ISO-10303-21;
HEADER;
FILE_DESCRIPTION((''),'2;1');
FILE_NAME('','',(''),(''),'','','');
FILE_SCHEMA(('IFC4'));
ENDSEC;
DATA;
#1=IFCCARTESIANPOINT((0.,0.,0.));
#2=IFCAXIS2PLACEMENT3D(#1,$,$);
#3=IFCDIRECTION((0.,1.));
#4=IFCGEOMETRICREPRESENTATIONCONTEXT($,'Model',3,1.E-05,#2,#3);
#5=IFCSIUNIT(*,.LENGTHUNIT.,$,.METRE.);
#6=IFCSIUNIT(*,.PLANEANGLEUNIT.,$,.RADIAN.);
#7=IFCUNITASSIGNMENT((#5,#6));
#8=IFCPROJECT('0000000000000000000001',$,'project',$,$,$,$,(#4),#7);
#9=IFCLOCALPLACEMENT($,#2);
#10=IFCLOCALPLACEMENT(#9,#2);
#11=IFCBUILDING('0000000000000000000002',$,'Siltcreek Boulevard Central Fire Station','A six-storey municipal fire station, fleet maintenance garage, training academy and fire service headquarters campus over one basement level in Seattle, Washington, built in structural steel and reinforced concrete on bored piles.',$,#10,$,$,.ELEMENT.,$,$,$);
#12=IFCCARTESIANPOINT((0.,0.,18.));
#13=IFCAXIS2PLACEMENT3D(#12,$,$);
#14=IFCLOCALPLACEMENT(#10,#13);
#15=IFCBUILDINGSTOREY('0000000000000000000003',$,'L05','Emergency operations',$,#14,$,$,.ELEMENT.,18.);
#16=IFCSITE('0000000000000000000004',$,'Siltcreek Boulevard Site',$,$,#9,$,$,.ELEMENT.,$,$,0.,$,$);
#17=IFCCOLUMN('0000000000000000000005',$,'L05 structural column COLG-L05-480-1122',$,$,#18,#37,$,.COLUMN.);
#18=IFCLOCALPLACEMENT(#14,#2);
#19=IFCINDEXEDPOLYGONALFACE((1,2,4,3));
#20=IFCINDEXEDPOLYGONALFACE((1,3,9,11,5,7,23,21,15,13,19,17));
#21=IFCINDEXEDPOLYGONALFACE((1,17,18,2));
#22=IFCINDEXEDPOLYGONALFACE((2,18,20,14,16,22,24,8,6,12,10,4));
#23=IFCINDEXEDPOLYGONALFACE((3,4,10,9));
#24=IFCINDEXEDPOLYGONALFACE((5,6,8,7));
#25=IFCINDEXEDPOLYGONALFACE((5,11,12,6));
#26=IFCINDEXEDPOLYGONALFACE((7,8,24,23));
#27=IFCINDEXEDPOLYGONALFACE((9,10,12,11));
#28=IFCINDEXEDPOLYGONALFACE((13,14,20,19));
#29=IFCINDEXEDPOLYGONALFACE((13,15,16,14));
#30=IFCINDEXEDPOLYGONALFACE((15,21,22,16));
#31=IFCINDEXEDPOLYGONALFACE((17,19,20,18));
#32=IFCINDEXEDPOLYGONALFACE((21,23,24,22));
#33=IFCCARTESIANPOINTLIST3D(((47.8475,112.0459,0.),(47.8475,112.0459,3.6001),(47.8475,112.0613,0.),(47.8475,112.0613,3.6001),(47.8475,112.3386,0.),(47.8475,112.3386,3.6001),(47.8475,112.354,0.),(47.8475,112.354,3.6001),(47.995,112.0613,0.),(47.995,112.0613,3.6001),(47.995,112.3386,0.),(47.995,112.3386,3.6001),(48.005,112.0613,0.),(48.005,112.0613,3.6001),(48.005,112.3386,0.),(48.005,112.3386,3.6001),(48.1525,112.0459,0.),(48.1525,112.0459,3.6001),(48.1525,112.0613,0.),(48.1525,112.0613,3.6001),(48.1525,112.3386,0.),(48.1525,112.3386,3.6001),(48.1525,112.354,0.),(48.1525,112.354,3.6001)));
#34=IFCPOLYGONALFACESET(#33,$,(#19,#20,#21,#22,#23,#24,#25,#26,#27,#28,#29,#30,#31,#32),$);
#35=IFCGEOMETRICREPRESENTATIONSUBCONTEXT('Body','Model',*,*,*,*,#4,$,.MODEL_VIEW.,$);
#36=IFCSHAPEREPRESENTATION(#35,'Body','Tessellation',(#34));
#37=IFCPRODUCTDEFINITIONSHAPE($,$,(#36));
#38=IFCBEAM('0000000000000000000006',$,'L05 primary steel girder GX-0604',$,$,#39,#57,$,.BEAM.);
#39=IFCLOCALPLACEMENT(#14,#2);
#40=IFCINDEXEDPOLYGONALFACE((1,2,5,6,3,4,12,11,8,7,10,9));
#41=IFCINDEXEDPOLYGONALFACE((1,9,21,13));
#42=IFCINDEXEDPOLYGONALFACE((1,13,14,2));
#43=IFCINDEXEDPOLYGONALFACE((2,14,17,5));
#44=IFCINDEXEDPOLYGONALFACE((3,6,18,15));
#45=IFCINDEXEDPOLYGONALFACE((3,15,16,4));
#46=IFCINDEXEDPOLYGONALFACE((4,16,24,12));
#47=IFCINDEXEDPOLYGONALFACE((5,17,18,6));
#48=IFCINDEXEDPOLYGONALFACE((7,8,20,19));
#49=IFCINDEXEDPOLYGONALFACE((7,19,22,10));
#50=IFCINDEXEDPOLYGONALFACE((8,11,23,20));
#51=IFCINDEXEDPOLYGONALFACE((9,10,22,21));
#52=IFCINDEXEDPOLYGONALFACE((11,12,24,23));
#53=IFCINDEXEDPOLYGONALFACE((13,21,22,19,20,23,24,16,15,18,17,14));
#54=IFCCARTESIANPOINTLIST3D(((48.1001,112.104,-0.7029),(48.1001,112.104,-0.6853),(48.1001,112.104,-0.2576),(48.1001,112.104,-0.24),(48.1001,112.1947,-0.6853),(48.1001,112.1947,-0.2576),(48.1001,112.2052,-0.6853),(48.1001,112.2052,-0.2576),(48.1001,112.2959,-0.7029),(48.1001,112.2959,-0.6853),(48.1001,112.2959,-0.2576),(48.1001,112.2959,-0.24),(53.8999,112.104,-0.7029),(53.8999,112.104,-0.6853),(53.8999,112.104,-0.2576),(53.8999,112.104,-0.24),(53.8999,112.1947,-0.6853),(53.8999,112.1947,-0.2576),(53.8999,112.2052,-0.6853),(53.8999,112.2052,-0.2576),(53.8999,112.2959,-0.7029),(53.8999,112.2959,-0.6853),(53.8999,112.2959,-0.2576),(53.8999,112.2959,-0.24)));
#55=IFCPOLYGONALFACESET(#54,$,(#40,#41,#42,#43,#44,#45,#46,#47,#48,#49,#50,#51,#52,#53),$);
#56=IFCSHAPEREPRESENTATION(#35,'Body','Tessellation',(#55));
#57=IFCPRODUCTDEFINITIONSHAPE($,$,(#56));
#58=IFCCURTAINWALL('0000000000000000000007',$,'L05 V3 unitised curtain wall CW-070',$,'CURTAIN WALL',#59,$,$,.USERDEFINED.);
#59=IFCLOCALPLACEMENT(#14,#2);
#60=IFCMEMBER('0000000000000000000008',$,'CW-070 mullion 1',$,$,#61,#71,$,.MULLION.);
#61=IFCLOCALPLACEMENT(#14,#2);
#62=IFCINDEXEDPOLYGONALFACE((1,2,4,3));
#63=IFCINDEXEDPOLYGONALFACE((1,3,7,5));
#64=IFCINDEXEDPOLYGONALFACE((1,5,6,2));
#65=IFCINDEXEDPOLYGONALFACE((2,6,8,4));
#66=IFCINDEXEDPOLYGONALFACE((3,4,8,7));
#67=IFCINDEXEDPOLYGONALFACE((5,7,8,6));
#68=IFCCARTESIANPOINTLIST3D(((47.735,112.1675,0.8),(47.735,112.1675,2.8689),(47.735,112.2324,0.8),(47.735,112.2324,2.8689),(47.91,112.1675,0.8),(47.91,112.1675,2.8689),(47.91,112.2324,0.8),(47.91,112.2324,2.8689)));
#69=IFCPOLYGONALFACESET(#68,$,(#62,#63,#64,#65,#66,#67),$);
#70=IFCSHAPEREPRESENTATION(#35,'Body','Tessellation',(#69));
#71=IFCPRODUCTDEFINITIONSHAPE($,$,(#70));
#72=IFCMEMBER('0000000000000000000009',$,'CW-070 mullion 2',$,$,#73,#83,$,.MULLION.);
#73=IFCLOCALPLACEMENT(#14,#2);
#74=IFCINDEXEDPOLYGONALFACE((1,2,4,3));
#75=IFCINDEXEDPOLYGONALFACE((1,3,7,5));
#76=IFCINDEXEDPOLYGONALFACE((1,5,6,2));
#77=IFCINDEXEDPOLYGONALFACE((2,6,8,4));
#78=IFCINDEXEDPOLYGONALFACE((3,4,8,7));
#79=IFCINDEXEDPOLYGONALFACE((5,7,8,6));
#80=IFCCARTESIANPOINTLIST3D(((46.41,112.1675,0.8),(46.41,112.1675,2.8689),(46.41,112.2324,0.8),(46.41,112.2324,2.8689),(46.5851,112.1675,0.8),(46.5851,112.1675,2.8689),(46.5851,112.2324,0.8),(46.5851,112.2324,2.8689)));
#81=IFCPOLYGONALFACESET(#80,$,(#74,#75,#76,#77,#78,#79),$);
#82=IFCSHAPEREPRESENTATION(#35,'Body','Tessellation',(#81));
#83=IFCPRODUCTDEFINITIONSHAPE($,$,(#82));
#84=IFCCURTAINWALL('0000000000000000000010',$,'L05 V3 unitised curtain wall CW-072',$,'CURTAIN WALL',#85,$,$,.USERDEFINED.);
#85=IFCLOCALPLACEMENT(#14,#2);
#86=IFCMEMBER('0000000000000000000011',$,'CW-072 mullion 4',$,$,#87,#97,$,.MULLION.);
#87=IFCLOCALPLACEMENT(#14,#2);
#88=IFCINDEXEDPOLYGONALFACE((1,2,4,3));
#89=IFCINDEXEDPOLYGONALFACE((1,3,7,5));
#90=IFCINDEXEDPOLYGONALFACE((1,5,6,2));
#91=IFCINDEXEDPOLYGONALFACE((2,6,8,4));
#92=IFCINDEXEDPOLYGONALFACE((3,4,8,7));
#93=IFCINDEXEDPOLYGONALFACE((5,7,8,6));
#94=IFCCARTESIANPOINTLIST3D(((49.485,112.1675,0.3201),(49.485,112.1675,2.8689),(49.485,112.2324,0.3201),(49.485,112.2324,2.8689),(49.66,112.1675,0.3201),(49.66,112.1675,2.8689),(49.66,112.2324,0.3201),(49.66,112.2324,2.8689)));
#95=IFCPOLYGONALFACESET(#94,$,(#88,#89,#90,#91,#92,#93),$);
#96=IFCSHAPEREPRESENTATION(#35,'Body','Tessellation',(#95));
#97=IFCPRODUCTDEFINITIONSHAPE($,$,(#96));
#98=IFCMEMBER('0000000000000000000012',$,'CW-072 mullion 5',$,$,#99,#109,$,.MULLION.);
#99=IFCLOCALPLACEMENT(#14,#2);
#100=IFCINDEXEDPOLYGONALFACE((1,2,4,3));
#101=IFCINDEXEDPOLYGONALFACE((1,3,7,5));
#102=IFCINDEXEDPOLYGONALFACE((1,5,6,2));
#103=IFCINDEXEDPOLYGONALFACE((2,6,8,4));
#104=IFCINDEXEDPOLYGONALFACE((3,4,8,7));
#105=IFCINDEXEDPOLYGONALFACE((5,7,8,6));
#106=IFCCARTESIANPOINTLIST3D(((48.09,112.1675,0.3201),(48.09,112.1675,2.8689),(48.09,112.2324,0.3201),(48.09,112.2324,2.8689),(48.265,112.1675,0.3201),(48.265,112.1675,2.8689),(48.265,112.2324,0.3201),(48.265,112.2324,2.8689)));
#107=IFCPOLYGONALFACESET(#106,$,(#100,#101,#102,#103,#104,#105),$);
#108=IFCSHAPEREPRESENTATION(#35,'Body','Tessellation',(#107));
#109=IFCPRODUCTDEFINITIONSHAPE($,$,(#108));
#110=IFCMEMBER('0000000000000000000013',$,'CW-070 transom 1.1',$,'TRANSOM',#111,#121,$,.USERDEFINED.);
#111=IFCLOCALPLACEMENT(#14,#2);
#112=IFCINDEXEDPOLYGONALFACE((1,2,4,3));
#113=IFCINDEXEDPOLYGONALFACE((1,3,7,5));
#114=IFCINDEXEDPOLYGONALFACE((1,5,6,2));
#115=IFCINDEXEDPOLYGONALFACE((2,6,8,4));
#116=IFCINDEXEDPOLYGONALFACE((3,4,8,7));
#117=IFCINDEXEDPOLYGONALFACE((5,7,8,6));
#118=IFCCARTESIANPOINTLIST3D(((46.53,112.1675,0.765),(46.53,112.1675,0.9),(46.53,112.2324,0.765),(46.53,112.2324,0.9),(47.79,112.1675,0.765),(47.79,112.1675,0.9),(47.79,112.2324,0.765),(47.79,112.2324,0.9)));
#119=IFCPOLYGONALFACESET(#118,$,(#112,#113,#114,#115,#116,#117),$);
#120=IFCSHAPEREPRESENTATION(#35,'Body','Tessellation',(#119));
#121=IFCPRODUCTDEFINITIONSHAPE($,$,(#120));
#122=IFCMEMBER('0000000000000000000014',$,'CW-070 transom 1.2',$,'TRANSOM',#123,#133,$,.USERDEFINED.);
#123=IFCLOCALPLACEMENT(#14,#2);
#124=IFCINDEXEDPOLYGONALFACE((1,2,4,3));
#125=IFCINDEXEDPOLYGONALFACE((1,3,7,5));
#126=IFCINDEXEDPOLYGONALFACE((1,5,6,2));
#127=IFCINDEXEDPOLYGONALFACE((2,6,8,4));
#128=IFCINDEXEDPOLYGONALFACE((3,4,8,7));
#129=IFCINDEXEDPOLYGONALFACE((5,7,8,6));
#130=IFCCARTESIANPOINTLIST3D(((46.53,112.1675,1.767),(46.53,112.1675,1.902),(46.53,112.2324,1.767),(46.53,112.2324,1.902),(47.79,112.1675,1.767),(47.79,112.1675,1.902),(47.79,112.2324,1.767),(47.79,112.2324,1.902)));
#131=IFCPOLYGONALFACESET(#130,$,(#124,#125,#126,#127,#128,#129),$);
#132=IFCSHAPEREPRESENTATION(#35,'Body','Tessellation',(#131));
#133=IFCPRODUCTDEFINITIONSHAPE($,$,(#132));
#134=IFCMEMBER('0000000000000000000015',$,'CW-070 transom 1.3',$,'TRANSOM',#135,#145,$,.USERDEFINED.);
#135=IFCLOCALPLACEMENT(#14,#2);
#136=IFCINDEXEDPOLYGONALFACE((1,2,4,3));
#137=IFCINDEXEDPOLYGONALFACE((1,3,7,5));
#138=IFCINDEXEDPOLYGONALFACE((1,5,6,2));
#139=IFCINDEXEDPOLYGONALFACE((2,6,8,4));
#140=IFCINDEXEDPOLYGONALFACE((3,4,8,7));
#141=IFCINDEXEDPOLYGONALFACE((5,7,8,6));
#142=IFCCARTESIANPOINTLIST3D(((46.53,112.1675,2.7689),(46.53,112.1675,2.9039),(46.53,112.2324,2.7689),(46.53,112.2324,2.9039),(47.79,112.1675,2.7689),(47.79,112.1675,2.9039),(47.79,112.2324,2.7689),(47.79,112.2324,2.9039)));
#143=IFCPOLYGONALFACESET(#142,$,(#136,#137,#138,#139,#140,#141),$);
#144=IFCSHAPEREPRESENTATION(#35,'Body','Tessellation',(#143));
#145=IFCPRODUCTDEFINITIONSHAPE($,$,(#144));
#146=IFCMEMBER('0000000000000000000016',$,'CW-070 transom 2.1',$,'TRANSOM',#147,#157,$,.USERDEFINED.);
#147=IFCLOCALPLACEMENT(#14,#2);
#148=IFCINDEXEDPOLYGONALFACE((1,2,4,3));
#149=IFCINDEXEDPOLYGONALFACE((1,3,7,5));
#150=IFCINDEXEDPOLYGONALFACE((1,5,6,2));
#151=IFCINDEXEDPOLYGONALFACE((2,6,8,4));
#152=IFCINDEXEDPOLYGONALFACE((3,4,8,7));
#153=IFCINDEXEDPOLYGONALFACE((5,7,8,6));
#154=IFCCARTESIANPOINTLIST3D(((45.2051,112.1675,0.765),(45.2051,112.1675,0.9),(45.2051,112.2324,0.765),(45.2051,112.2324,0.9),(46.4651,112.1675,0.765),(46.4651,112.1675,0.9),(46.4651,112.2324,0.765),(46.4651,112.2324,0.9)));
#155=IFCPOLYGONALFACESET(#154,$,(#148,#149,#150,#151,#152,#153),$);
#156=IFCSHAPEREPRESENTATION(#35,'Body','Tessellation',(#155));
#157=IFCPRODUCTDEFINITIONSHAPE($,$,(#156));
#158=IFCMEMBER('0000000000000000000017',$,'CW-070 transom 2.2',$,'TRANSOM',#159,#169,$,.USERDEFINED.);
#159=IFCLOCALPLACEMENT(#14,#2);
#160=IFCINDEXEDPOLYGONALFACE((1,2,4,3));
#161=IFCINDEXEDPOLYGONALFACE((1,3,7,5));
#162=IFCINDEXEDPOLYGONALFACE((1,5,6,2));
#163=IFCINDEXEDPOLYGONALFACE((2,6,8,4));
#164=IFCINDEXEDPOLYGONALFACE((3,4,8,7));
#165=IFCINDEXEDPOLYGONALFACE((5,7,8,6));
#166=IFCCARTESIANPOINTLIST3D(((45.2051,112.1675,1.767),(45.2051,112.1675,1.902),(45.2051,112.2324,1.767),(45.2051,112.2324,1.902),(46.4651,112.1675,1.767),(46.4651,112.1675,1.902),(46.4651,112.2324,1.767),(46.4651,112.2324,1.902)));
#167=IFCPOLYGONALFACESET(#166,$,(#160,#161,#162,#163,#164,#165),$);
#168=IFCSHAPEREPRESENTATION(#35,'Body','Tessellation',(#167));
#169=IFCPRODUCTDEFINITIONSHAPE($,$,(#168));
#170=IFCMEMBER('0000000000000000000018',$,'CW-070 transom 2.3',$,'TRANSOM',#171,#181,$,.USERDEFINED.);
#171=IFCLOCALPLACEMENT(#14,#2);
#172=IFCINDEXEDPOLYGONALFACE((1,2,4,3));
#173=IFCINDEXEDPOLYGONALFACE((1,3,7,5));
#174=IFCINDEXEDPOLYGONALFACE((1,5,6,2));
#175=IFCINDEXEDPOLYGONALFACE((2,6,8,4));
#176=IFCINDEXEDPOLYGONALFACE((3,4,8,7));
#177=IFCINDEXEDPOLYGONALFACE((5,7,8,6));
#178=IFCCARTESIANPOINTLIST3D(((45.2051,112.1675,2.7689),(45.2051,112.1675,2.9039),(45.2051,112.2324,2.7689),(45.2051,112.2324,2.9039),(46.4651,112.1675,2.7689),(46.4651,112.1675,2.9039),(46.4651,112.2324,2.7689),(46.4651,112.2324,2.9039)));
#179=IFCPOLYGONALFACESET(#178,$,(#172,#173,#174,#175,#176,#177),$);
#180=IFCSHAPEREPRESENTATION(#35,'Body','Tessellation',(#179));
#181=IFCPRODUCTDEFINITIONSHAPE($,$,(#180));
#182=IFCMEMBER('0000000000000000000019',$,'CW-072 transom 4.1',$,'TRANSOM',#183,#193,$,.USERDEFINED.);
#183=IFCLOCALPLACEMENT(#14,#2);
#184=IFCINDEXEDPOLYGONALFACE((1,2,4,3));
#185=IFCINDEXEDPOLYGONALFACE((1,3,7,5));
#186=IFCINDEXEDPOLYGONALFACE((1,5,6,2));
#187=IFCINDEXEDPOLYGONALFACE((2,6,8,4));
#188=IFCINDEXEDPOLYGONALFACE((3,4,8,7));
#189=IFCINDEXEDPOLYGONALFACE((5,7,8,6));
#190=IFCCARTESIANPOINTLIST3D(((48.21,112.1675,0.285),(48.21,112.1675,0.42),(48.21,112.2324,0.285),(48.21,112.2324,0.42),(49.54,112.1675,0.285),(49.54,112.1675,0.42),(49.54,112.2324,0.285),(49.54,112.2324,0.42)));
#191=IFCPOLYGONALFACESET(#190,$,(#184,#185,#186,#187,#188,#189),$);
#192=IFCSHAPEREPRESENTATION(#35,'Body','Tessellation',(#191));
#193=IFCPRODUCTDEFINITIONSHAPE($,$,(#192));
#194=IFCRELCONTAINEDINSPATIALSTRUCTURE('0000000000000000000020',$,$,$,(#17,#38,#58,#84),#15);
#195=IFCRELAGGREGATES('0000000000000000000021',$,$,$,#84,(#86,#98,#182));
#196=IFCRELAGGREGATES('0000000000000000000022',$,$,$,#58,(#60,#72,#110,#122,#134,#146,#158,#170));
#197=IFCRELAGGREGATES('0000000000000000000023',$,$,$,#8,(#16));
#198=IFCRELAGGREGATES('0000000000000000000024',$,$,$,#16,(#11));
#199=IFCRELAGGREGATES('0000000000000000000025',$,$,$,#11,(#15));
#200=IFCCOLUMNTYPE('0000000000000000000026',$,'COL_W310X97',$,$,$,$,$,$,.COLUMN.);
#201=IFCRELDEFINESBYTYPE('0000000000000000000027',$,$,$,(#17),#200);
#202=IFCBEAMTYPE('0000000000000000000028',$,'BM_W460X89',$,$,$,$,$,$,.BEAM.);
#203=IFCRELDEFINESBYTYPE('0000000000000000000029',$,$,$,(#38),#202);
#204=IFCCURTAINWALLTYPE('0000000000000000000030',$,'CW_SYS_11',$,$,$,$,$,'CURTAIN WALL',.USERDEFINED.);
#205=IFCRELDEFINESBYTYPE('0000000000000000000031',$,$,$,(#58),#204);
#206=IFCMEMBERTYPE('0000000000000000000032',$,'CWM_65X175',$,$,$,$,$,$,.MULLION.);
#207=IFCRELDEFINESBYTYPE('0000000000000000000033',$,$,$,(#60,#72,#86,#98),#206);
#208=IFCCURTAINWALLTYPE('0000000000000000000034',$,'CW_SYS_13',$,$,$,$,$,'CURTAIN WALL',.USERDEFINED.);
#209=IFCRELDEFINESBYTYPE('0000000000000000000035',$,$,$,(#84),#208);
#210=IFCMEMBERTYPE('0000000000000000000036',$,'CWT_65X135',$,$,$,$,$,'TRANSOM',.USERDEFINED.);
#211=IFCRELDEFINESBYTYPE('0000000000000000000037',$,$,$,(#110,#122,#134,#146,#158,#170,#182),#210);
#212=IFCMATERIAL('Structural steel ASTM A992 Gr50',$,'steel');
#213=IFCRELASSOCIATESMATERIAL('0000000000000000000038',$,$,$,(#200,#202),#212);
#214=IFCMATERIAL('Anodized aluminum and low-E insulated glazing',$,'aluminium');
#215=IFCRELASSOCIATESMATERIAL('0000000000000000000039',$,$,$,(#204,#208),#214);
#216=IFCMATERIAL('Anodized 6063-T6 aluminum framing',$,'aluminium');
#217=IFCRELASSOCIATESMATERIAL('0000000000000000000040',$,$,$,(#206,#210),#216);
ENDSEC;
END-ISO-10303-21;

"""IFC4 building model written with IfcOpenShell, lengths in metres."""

from ifc_helpers import new_model, si_unit, direction, frame, origin, origin_2d, place, context, subcontext, project, spatial, rectangle, i_section, extrude, material, material_profile, profile_set, type_object, element, aggregate, save


model = new_model("IFC4")

# Units and contexts
model_context = context("Model", 3, precision=1e-05, world=origin(), true_north=direction((0.0, 1.0)))
body_context = subcontext(model_context, "Body", "Model", "MODEL_VIEW")
ifc_project = project(units=[si_unit("LENGTHUNIT", "METRE"), si_unit("PLANEANGLEUNIT", "RADIAN")], contexts=[model_context])

# Site, building, storey
site_placement = place(None, origin())
site = spatial("IfcSite", under=ifc_project, at=site_placement, Name="Siltcreek Boulevard Site", CompositionType="ELEMENT", RefElevation=0.0)
building_placement = place(site_placement, origin())
building = spatial("IfcBuilding", under=site, at=building_placement, Name="Siltcreek Boulevard Central Fire Station", Description="A six-storey municipal fire station, fleet maintenance garage, training academy and fire service headquarters campus over one basement level in Seattle, Washington, built in structural steel and reinforced concrete on bored piles.", CompositionType="ELEMENT")
storey_placement = place(building_placement, frame((0.0, 0.0, 18.0)))
storey = spatial("IfcBuildingStorey", under=building, at=storey_placement, Name="L05", Description="Emergency operations", CompositionType="ELEMENT", Elevation=18.0)

# Column
ifc_material_1 = material(Name="Structural steel ASTM A992 Gr50", Category="steel")
ifc_material_profile_1 = material_profile(ifc_material_1, i_section(OverallWidth=0.3049, OverallDepth=0.3081, WebThickness=0.01, FlangeThickness=0.0154, at=origin_2d()), Name="W310X97")
ifc_profile_set_1 = profile_set([ifc_material_profile_1], Name="Structural steel ASTM A992 Gr50")
column_type = type_object("IfcColumnType", Name="COL_W310X97", PredefinedType="COLUMN", material=ifc_profile_set_1)
column_placement = place(storey_placement, frame((48.0, 112.2, 0.0), z_axis=(0.0, 0.0, 1.0), x_axis=(1.0, 0.0, 0.0)))
element("IfcColumn", 1, at=column_placement, inside=storey, type_object=column_type, Name="L05 structural column COLG-L05-480-1122", PredefinedType="COLUMN", context=body_context, shape_type="SweptSolid", body=[
    extrude(i_section(OverallWidth=0.3049, OverallDepth=0.3081, WebThickness=0.01, FlangeThickness=0.0154, at=origin_2d()), origin(), (0.0, 0.0, 1.0), 3.6001),
])

# Beam
ifc_material_profile_2 = material_profile(ifc_material_1, i_section(OverallWidth=0.1919, OverallDepth=0.4629, WebThickness=0.0105, FlangeThickness=0.0176, at=origin_2d()), Name="W460X89")
ifc_profile_set_2 = profile_set([ifc_material_profile_2], Name="Structural steel ASTM A992 Gr50")
beam_type = type_object("IfcBeamType", Name="BM_W460X89", PredefinedType="BEAM", material=ifc_profile_set_2)
beam_placement = place(storey_placement, frame((48.1001, 112.2, -0.4714), z_axis=(1.0, 0.0, 0.0), x_axis=(0.0, 1.0, 0.0)))
element("IfcBeam", 2, at=beam_placement, inside=storey, type_object=beam_type, Name="L05 primary steel girder GX-0604", PredefinedType="BEAM", context=body_context, shape_type="SweptSolid", body=[
    extrude(i_section(OverallWidth=0.1919, OverallDepth=0.4629, WebThickness=0.0105, FlangeThickness=0.0176, at=origin_2d()), origin(), (0.0, 0.0, 1.0), 5.7998),
])

# Curtain walls, members
ifc_material_2 = material(Name="Anodized aluminum and low-E insulated glazing", Category="aluminium")
curtain_wall_type_1 = type_object("IfcCurtainWallType", Name="CW_SYS_11", ElementType="CURTAIN WALL", PredefinedType="USERDEFINED", material=ifc_material_2)
curtain_wall_1_placement = place(storey_placement, origin())
curtain_wall_1 = element("IfcCurtainWall", 3, at=curtain_wall_1_placement, inside=storey, type_object=curtain_wall_type_1, Name="L05 V3 unitised curtain wall CW-070", ObjectType="CURTAIN WALL", PredefinedType="USERDEFINED")
ifc_material_3 = material(Name="Anodized 6063-T6 aluminum framing", Category="aluminium")
ifc_material_profile_3 = material_profile(ifc_material_3, rectangle(XDim=0.0649, YDim=0.175, at=origin_2d()), Name="MULL65X175")
ifc_profile_set_3 = profile_set([ifc_material_profile_3], Name="Anodized 6063-T6 aluminum framing")
member_type_1 = type_object("IfcMemberType", Name="CWM_65X175", PredefinedType="MULLION", material=ifc_profile_set_3)
member_1_placement = place(storey_placement, frame((47.8225, 112.2, 0.8), z_axis=(0.0, 0.0, 1.0), x_axis=(0.0, -1.0, 0.0)))
member_1 = element("IfcMember", 4, at=member_1_placement, type_object=member_type_1, Name="CW-070 mullion 1", PredefinedType="MULLION", context=body_context, shape_type="SweptSolid", body=[
    extrude(rectangle(XDim=0.0649, YDim=0.175, at=origin_2d()), origin(), (0.0, 0.0, 1.0), 2.0688),
])
member_2_placement = place(storey_placement, frame((46.4976, 112.2, 0.8), z_axis=(0.0, 0.0, 1.0), x_axis=(0.0, -1.0, 0.0)))
member_2 = element("IfcMember", 5, at=member_2_placement, type_object=member_type_1, Name="CW-070 mullion 2", PredefinedType="MULLION", context=body_context, shape_type="SweptSolid", body=[
    extrude(rectangle(XDim=0.0649, YDim=0.175, at=origin_2d()), origin(), (0.0, 0.0, 1.0), 2.0688),
])
curtain_wall_type_2 = type_object("IfcCurtainWallType", Name="CW_SYS_13", ElementType="CURTAIN WALL", PredefinedType="USERDEFINED", material=ifc_material_2)
curtain_wall_2_placement = place(storey_placement, origin())
curtain_wall_2 = element("IfcCurtainWall", 6, at=curtain_wall_2_placement, inside=storey, type_object=curtain_wall_type_2, Name="L05 V3 unitised curtain wall CW-072", ObjectType="CURTAIN WALL", PredefinedType="USERDEFINED")
member_3_placement = place(storey_placement, frame((49.5725, 112.2, 0.3201), z_axis=(0.0, 0.0, 1.0), x_axis=(0.0, -1.0, 0.0)))
member_3 = element("IfcMember", 7, at=member_3_placement, type_object=member_type_1, Name="CW-072 mullion 4", PredefinedType="MULLION", context=body_context, shape_type="SweptSolid", body=[
    extrude(rectangle(XDim=0.0649, YDim=0.175, at=origin_2d()), origin(), (0.0, 0.0, 1.0), 2.5488),
])
member_4_placement = place(storey_placement, frame((48.1775, 112.2, 0.3201), z_axis=(0.0, 0.0, 1.0), x_axis=(0.0, -1.0, 0.0)))
member_4 = element("IfcMember", 8, at=member_4_placement, type_object=member_type_1, Name="CW-072 mullion 5", PredefinedType="MULLION", context=body_context, shape_type="SweptSolid", body=[
    extrude(rectangle(XDim=0.0649, YDim=0.175, at=origin_2d()), origin(), (0.0, 0.0, 1.0), 2.5488),
])

# Members
ifc_material_profile_4 = material_profile(ifc_material_3, rectangle(XDim=0.0649, YDim=0.135, at=origin_2d()), Name="TRAN65X135")
ifc_profile_set_4 = profile_set([ifc_material_profile_4], Name="Anodized 6063-T6 aluminum framing")
member_type_2 = type_object("IfcMemberType", Name="CWT_65X135", ElementType="TRANSOM", PredefinedType="USERDEFINED", material=ifc_profile_set_4)
member_5_placement = place(storey_placement, frame((47.79, 112.2, 0.8325), z_axis=(-1.0, 0.0, 0.0), x_axis=(0.0, -1.0, 0.0)))
member_5 = element("IfcMember", 9, at=member_5_placement, type_object=member_type_2, Name="CW-070 transom 1.1", ObjectType="TRANSOM", PredefinedType="USERDEFINED", context=body_context, shape_type="SweptSolid", body=[
    extrude(rectangle(XDim=0.0649, YDim=0.135, at=origin_2d()), origin(), (0.0, 0.0, 1.0), 1.26),
])
member_6_placement = place(storey_placement, frame((47.79, 112.2, 1.8345), z_axis=(-1.0, 0.0, 0.0), x_axis=(0.0, -1.0, 0.0)))
member_6 = element("IfcMember", 10, at=member_6_placement, type_object=member_type_2, Name="CW-070 transom 1.2", ObjectType="TRANSOM", PredefinedType="USERDEFINED", context=body_context, shape_type="SweptSolid", body=[
    extrude(rectangle(XDim=0.0649, YDim=0.135, at=origin_2d()), origin(), (0.0, 0.0, 1.0), 1.26),
])
member_7_placement = place(storey_placement, frame((47.79, 112.2, 2.8364), z_axis=(-1.0, 0.0, 0.0), x_axis=(0.0, -1.0, 0.0)))
member_7 = element("IfcMember", 11, at=member_7_placement, type_object=member_type_2, Name="CW-070 transom 1.3", ObjectType="TRANSOM", PredefinedType="USERDEFINED", context=body_context, shape_type="SweptSolid", body=[
    extrude(rectangle(XDim=0.0649, YDim=0.135, at=origin_2d()), origin(), (0.0, 0.0, 1.0), 1.26),
])
member_8_placement = place(storey_placement, frame((46.4651, 112.2, 0.8325), z_axis=(-1.0, 0.0, 0.0), x_axis=(0.0, -1.0, 0.0)))
member_8 = element("IfcMember", 12, at=member_8_placement, type_object=member_type_2, Name="CW-070 transom 2.1", ObjectType="TRANSOM", PredefinedType="USERDEFINED", context=body_context, shape_type="SweptSolid", body=[
    extrude(rectangle(XDim=0.0649, YDim=0.135, at=origin_2d()), origin(), (0.0, 0.0, 1.0), 1.26),
])
member_9_placement = place(storey_placement, frame((46.4651, 112.2, 1.8345), z_axis=(-1.0, 0.0, 0.0), x_axis=(0.0, -1.0, 0.0)))
member_9 = element("IfcMember", 13, at=member_9_placement, type_object=member_type_2, Name="CW-070 transom 2.2", ObjectType="TRANSOM", PredefinedType="USERDEFINED", context=body_context, shape_type="SweptSolid", body=[
    extrude(rectangle(XDim=0.0649, YDim=0.135, at=origin_2d()), origin(), (0.0, 0.0, 1.0), 1.26),
])
member_10_placement = place(storey_placement, frame((46.4651, 112.2, 2.8364), z_axis=(-1.0, 0.0, 0.0), x_axis=(0.0, -1.0, 0.0)))
member_10 = element("IfcMember", 14, at=member_10_placement, type_object=member_type_2, Name="CW-070 transom 2.3", ObjectType="TRANSOM", PredefinedType="USERDEFINED", context=body_context, shape_type="SweptSolid", body=[
    extrude(rectangle(XDim=0.0649, YDim=0.135, at=origin_2d()), origin(), (0.0, 0.0, 1.0), 1.26),
])
member_11_placement = place(storey_placement, frame((49.54, 112.2, 0.3525), z_axis=(-1.0, 0.0, 0.0), x_axis=(0.0, -1.0, 0.0)))
member_11 = element("IfcMember", 15, at=member_11_placement, type_object=member_type_2, Name="CW-072 transom 4.1", ObjectType="TRANSOM", PredefinedType="USERDEFINED", context=body_context, shape_type="SweptSolid", body=[
    extrude(rectangle(XDim=0.0649, YDim=0.135, at=origin_2d()), origin(), (0.0, 0.0, 1.0), 1.3301),
])

aggregate(curtain_wall_2, [member_3, member_4, member_11])
aggregate(curtain_wall_1, [member_1, member_2, member_5, member_6, member_7, member_8, member_9, member_10])

save(model, "model.ifc")
